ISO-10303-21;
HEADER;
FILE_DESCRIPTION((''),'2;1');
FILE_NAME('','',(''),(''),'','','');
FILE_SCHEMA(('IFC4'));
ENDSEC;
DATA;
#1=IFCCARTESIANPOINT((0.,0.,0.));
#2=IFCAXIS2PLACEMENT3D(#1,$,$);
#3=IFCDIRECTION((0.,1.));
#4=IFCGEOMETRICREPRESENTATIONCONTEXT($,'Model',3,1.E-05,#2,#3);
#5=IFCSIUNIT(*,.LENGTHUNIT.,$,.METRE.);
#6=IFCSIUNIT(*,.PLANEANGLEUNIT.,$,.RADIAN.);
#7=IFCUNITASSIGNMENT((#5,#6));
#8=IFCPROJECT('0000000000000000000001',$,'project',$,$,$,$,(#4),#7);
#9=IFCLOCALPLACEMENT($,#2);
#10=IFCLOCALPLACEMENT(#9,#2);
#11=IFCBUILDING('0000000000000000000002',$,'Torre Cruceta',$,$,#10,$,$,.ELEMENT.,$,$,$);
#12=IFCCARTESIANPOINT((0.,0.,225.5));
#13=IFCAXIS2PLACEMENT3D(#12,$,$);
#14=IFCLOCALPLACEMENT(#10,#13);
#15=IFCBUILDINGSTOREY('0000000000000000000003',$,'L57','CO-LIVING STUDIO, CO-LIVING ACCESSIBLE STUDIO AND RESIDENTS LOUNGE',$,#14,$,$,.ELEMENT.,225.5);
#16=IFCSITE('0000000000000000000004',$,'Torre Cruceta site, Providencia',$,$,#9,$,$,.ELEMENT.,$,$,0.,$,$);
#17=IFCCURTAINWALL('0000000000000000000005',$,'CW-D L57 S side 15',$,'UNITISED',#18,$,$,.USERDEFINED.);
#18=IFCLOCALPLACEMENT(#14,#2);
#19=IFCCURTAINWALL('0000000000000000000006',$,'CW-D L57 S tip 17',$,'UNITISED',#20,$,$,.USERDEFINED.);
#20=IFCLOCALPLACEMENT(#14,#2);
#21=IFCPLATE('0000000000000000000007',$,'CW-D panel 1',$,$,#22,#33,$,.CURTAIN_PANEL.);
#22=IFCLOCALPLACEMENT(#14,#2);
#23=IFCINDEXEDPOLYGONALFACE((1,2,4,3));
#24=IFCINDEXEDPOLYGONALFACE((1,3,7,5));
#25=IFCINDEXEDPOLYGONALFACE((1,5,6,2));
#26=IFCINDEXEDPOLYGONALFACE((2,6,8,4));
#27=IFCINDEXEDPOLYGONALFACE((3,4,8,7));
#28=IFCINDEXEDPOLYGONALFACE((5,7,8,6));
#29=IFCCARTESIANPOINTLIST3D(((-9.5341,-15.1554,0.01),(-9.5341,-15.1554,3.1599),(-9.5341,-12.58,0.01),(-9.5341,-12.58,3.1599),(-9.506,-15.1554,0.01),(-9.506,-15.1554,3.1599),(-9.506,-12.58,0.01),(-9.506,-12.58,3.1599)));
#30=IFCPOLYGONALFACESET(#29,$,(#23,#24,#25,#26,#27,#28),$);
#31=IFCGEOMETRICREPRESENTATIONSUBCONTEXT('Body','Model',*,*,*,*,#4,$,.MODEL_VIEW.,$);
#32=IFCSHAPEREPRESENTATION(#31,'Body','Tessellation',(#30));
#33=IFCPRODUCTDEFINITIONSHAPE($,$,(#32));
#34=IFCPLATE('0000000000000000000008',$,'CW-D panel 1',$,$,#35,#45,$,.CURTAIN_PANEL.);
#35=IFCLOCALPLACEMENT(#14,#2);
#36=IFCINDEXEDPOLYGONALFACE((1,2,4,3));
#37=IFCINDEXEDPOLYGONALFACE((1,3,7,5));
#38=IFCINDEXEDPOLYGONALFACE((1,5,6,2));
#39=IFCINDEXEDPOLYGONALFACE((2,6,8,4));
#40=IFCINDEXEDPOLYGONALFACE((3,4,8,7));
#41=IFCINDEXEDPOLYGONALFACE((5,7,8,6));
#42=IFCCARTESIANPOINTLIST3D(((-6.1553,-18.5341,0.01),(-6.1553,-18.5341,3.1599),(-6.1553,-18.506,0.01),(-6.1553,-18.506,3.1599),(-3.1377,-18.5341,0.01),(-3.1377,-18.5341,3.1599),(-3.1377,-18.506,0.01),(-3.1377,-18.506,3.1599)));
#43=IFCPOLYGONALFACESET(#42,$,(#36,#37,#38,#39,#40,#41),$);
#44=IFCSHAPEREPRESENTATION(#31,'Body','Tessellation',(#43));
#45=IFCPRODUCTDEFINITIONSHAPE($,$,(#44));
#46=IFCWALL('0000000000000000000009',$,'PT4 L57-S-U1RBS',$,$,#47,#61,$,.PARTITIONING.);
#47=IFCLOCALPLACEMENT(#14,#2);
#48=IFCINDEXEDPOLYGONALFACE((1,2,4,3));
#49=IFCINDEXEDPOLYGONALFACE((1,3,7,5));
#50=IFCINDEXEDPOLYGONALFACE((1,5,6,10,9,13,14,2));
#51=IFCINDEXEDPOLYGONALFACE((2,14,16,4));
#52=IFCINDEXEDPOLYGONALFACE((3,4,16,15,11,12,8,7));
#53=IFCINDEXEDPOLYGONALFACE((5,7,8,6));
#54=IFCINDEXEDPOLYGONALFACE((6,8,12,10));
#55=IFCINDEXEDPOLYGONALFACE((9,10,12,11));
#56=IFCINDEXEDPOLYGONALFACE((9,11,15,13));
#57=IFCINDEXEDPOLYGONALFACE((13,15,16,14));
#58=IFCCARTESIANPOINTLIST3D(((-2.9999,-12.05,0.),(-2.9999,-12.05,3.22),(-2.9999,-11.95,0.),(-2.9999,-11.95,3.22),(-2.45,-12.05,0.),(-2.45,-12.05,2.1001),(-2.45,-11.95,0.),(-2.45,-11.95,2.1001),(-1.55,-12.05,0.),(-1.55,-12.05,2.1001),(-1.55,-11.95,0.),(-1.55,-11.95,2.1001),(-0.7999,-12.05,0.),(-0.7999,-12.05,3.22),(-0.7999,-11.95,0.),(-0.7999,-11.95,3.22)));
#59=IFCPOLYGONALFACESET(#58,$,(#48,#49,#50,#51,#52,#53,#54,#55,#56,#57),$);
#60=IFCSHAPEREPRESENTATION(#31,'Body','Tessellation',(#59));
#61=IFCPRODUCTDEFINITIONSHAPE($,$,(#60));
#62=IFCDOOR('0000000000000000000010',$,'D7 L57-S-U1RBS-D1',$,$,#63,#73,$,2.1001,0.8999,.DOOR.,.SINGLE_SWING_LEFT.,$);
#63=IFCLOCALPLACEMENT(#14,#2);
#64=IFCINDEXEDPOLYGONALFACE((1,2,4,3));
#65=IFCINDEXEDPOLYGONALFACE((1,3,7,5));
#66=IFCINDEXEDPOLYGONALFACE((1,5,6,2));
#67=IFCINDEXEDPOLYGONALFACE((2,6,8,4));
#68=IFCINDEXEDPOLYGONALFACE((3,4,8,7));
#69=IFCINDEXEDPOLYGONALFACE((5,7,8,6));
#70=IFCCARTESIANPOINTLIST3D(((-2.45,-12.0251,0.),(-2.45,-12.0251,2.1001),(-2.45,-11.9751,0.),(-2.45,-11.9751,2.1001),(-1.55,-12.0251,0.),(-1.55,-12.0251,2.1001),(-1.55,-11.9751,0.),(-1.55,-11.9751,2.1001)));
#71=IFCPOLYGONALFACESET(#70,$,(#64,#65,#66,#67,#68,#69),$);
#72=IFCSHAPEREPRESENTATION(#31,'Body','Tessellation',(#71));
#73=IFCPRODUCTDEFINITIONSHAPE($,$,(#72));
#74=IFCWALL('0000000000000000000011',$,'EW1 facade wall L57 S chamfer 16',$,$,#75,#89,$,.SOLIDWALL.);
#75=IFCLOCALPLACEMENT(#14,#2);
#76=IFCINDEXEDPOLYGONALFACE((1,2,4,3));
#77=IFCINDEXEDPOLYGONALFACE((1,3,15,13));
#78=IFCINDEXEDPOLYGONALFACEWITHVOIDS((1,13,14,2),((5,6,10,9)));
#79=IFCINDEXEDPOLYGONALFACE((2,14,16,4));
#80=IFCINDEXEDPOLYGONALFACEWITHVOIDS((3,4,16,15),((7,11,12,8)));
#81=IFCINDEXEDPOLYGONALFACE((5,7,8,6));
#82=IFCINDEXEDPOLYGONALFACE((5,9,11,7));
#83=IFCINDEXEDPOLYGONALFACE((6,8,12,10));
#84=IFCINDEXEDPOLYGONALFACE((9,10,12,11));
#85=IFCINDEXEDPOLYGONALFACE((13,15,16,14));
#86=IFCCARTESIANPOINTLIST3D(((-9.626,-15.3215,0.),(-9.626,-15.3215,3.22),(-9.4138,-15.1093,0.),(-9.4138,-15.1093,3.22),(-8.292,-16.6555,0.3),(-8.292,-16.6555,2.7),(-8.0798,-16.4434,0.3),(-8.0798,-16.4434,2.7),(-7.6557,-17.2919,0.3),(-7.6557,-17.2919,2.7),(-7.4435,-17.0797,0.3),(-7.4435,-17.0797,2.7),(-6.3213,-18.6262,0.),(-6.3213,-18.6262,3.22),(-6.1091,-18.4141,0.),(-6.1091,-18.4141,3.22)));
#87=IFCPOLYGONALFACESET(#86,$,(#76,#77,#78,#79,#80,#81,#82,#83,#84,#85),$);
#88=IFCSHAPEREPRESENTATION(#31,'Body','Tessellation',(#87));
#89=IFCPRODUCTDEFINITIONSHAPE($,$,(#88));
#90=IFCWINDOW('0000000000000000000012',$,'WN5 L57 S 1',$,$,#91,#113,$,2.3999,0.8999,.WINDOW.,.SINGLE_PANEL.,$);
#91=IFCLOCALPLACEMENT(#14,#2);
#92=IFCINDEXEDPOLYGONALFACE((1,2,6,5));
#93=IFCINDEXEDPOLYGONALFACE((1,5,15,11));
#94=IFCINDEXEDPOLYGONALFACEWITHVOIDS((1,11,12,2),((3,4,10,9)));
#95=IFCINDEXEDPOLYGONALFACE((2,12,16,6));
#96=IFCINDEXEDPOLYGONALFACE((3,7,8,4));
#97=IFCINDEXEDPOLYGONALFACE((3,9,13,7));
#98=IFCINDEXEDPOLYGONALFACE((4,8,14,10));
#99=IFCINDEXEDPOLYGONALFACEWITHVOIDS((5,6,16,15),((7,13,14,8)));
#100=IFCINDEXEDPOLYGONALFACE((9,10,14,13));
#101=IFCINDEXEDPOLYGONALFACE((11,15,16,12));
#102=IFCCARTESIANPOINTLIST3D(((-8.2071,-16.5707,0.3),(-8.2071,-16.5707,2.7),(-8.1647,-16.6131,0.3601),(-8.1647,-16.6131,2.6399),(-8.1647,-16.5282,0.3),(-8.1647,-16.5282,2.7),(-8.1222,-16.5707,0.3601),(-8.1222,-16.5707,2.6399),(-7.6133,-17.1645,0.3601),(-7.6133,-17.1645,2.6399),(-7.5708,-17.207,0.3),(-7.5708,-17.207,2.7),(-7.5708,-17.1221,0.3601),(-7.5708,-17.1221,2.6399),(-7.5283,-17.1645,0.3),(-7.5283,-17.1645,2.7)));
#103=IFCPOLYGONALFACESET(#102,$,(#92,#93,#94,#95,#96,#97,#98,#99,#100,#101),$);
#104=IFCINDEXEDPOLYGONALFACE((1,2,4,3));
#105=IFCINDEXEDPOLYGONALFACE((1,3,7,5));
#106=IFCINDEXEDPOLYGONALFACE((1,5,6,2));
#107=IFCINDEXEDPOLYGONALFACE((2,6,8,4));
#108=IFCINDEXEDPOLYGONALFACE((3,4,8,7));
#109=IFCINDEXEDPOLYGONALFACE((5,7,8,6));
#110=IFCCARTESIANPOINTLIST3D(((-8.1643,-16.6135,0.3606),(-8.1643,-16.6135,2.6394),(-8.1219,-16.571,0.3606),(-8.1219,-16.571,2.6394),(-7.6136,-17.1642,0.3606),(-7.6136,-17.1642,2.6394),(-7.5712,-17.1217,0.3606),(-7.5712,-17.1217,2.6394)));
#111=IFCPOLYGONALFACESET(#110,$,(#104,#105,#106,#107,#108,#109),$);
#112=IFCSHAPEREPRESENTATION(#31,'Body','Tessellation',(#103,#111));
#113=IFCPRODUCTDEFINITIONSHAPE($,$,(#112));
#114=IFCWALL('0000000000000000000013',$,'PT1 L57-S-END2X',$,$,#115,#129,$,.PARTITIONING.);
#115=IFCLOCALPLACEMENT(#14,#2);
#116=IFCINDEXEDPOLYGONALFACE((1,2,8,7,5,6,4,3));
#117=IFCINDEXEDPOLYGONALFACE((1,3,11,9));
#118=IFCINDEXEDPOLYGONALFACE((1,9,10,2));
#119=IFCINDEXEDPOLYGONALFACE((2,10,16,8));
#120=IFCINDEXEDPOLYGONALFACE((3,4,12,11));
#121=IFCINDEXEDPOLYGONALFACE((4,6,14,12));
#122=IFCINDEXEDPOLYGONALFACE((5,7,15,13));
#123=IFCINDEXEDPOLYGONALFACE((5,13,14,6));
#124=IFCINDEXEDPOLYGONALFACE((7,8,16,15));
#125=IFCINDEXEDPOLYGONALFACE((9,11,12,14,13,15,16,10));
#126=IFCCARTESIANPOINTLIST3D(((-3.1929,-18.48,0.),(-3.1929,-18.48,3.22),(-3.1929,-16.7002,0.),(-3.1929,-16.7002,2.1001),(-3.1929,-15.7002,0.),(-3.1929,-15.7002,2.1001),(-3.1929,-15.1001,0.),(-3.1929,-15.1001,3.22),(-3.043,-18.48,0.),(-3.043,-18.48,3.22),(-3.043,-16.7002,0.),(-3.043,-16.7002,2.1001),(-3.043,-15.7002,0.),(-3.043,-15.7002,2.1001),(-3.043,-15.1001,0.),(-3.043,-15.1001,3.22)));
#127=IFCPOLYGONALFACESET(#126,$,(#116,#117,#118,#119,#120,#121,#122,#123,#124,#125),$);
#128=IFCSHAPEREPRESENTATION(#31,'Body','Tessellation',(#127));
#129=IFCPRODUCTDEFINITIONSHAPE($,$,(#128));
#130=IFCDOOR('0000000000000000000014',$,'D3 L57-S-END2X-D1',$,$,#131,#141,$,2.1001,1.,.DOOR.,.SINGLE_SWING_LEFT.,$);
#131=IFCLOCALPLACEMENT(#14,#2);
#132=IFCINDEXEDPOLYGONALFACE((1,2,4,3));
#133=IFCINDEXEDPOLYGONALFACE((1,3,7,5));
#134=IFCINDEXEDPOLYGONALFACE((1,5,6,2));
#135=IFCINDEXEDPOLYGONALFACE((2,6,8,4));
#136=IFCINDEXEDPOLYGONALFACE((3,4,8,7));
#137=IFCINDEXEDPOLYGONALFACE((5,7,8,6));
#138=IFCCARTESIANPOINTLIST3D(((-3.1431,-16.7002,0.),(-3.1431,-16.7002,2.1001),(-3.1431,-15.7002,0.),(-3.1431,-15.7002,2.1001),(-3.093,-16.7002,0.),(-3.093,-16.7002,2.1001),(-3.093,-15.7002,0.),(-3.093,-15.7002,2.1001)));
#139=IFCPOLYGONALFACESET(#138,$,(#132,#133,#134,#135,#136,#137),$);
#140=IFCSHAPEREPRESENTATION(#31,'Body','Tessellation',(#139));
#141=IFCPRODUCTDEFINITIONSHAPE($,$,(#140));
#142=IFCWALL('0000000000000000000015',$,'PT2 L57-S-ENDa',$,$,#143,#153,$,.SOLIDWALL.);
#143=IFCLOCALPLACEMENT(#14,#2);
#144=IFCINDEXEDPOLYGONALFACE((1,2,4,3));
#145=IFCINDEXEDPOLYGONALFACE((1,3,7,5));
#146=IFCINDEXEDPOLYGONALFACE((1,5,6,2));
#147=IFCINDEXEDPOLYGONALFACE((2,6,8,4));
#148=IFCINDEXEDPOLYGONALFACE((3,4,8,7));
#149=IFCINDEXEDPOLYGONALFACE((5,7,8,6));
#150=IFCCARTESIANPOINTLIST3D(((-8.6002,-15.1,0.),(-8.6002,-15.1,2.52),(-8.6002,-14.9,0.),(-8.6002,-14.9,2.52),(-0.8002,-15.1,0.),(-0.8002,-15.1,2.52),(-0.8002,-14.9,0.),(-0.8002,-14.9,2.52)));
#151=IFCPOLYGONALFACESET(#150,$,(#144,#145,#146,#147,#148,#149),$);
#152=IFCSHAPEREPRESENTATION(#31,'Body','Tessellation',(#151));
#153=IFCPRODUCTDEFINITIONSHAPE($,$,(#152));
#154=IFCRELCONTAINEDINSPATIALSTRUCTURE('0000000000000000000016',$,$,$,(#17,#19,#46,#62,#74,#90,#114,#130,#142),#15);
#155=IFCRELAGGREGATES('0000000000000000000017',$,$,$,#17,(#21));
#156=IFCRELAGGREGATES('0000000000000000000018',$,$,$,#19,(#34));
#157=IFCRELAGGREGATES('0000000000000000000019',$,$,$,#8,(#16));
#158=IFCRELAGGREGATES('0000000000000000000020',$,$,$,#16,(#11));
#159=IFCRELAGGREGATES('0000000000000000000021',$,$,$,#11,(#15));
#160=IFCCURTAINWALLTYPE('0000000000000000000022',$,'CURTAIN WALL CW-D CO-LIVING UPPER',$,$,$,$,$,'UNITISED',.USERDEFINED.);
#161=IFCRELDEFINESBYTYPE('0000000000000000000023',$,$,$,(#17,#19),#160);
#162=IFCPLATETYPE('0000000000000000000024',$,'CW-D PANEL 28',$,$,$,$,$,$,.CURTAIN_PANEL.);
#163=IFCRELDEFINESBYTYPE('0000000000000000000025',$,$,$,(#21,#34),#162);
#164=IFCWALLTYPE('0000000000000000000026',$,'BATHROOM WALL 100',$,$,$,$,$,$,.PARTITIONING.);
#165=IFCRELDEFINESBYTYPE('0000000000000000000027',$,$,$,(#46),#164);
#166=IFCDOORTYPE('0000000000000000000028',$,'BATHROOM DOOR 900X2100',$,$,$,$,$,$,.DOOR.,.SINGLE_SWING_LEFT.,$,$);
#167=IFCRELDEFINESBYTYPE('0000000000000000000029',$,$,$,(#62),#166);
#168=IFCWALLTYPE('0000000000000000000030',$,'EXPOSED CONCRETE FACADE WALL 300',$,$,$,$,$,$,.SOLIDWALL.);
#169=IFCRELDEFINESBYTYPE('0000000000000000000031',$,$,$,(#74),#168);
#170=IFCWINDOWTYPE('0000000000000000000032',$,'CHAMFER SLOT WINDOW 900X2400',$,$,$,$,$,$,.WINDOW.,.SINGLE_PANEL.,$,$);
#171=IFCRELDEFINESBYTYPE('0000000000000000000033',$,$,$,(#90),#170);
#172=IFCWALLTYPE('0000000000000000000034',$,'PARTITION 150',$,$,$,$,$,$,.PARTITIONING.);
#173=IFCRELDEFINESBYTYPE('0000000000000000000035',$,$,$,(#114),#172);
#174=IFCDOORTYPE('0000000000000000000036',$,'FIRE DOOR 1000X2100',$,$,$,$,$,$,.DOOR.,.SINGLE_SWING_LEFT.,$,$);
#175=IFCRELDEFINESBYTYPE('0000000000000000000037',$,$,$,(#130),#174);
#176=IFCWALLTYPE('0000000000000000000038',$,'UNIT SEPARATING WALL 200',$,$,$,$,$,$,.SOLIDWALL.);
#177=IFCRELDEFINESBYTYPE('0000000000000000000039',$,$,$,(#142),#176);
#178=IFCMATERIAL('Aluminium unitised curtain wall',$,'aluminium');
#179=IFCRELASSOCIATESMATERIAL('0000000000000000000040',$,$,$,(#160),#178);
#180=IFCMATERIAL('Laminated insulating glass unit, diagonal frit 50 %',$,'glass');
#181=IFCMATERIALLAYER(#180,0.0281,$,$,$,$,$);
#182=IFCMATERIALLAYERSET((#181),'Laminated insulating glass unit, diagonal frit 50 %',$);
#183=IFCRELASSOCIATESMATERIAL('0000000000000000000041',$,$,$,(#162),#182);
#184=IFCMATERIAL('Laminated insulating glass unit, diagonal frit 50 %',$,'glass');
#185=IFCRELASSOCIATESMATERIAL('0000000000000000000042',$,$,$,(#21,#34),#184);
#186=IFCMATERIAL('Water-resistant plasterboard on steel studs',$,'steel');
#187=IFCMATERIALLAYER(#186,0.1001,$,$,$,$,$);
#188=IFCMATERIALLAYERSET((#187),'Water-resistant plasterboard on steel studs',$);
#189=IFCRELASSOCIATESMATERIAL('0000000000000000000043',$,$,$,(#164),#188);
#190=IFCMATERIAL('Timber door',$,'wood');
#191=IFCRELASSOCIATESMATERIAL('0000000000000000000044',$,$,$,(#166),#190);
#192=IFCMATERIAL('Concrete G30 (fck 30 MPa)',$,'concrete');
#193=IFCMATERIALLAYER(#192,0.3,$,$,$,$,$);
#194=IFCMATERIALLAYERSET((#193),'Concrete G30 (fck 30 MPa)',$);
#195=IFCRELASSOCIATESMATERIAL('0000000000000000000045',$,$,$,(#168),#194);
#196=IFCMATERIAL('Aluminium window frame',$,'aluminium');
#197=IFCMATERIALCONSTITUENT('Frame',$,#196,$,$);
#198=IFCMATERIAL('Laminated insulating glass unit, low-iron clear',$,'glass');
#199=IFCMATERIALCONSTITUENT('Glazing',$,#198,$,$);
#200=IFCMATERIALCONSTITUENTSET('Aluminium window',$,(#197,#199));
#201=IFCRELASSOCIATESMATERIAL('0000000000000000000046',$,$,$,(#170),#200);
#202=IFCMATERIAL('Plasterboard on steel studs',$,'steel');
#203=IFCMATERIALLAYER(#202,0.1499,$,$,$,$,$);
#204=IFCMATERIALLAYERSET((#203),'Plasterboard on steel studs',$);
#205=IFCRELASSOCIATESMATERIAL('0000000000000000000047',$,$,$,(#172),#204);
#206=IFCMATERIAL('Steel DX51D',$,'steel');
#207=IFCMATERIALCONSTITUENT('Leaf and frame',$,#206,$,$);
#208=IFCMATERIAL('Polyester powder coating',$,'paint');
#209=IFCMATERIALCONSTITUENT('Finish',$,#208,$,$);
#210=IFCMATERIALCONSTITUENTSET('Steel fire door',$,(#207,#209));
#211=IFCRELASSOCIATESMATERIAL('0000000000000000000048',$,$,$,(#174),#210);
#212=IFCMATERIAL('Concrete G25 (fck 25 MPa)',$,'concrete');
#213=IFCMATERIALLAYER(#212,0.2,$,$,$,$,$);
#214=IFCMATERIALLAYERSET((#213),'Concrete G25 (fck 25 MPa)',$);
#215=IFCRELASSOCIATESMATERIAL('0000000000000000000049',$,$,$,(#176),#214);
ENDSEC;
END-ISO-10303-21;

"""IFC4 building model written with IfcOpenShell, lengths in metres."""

from ifc_helpers import new_model, si_unit, direction, frame, frame_2d, origin, origin_2d, place, context, subcontext, project, spatial, rectangle, hollow_rectangle, extrude, material, layer, layer_set, constituent, constituent_set, type_object, element, fill, aggregate, save


model = new_model("IFC4")

# Units and contexts
model_context = context("Model", 3, precision=1e-05, world=origin(), true_north=direction((0.0, 1.0)))
body_context = subcontext(model_context, "Body", "Model", "MODEL_VIEW")
ifc_project = project(units=[si_unit("LENGTHUNIT", "METRE"), si_unit("PLANEANGLEUNIT", "RADIAN")], contexts=[model_context])

# Site, building, storey
site_placement = place(None, origin())
site = spatial("IfcSite", under=ifc_project, at=site_placement, Name="Torre Cruceta site, Providencia", CompositionType="ELEMENT", RefElevation=0.0)
building_placement = place(site_placement, origin())
building = spatial("IfcBuilding", under=site, at=building_placement, Name="Torre Cruceta", CompositionType="ELEMENT")
storey_placement = place(building_placement, frame((0.0, 0.0, 225.5)))
storey = spatial("IfcBuildingStorey", under=building, at=storey_placement, Name="L57", Description="CO-LIVING STUDIO, CO-LIVING ACCESSIBLE STUDIO AND RESIDENTS LOUNGE", CompositionType="ELEMENT", Elevation=225.5)

# Curtain walls
ifc_material_1 = material(Name="Aluminium unitised curtain wall", Category="aluminium")
curtain_wall_type = type_object("IfcCurtainWallType", Name="CURTAIN WALL CW-D CO-LIVING UPPER", ElementType="UNITISED", PredefinedType="USERDEFINED", material=ifc_material_1)
curtain_wall_1_placement = place(storey_placement, origin())
curtain_wall_1 = element("IfcCurtainWall", 1, at=curtain_wall_1_placement, inside=storey, type_object=curtain_wall_type, Name="CW-D L57 S side 15", ObjectType="UNITISED", PredefinedType="USERDEFINED")
curtain_wall_2_placement = place(storey_placement, origin())
curtain_wall_2 = element("IfcCurtainWall", 2, at=curtain_wall_2_placement, inside=storey, type_object=curtain_wall_type, Name="CW-D L57 S tip 17", ObjectType="UNITISED", PredefinedType="USERDEFINED")

# Plates
ifc_material_2 = material(Name="Laminated insulating glass unit, diagonal frit 50 %", Category="glass")
ifc_material_3 = material(Name="Laminated insulating glass unit, diagonal frit 50 %", Category="glass")
ifc_layer_1 = layer(ifc_material_3, 0.0281)
ifc_layer_set_1 = layer_set([ifc_layer_1], Name="Laminated insulating glass unit, diagonal frit 50 %")
plate_type = type_object("IfcPlateType", Name="CW-D PANEL 28", PredefinedType="CURTAIN_PANEL", material=ifc_layer_set_1)
plate_1_placement = place(storey_placement, frame((-9.52, -13.8677, 0.01), z_axis=(0.0, 0.0, 1.0), x_axis=(0.0, -1.0, 0.0)))
plate_1 = element("IfcPlate", 3, at=plate_1_placement, type_object=plate_type, material=ifc_material_2, Name="CW-D panel 1", PredefinedType="CURTAIN_PANEL", context=body_context, shape_type="SweptSolid", body=[
    extrude(rectangle(XDim=2.5754, YDim=0.0281, at=origin_2d()), origin(), (0.0, 0.0, 1.0), 3.1499),
])
aggregate(curtain_wall_1, [plate_1])
plate_2_placement = place(storey_placement, frame((-4.6465, -18.52, 0.01), z_axis=(0.0, 0.0, 1.0), x_axis=(1.0, 0.0, 0.0)))
plate_2 = element("IfcPlate", 4, at=plate_2_placement, type_object=plate_type, material=ifc_material_2, Name="CW-D panel 1", PredefinedType="CURTAIN_PANEL", context=body_context, shape_type="SweptSolid", body=[
    extrude(rectangle(XDim=3.0176, YDim=0.0281, at=origin_2d()), origin(), (0.0, 0.0, 1.0), 3.1499),
])
aggregate(curtain_wall_2, [plate_2])

# Wall, opening, door
ifc_material_4 = material(Name="Water-resistant plasterboard on steel studs", Category="steel")
ifc_layer_2 = layer(ifc_material_4, 0.1001)
ifc_layer_set_2 = layer_set([ifc_layer_2], Name="Water-resistant plasterboard on steel studs")
wall_type_1 = type_object("IfcWallType", Name="BATHROOM WALL 100", PredefinedType="PARTITIONING", material=ifc_layer_set_2)
wall_1_placement = place(storey_placement, frame((-3.0, -12.0, 0.0), z_axis=(0.0, 0.0, 1.0), x_axis=(1.0, 0.0, 0.0)))
wall_1 = element("IfcWall", 5, at=wall_1_placement, inside=storey, type_object=wall_type_1, Name="PT4 L57-S-U1RBS", PredefinedType="PARTITIONING", context=body_context, shape_type="SweptSolid", body=[
    extrude(rectangle(XDim=2.2, YDim=0.1001, at=frame_2d((1.1001, 0.0))), origin(), (0.0, 0.0, 1.0), 3.22),
])
opening_1_placement = place(wall_1_placement, frame((0.55, 0.0, 0.0)))
opening_1 = element("IfcOpeningElement", 6, at=opening_1_placement, cuts=wall_1, PredefinedType="OPENING", context=body_context, shape_type="SweptSolid", body=[
    extrude(rectangle(XDim=0.8999, YDim=2.1001, at=frame_2d((0.45, 1.05))), frame((0.0, 0.0601, 0.0), z_axis=(0.0, -1.0, 0.0), x_axis=(1.0, 0.0, 0.0)), (0.0, 0.0, 1.0), 0.1201),
])
ifc_material_5 = material(Name="Timber door", Category="wood")
door_type_1 = type_object("IfcDoorType", Name="BATHROOM DOOR 900X2100", OperationType="SINGLE_SWING_LEFT", PredefinedType="DOOR", material=ifc_material_5)
door_1_placement = place(opening_1_placement, origin())
door_1 = element("IfcDoor", 7, at=door_1_placement, inside=storey, type_object=door_type_1, Name="D7 L57-S-U1RBS-D1", OperationType="SINGLE_SWING_LEFT", OverallHeight=2.1001, OverallWidth=0.8999, PredefinedType="DOOR", context=body_context, shape_type="SweptSolid", body=[
    extrude(rectangle(XDim=0.8999, YDim=2.1001, at=frame_2d((0.45, 1.05))), frame((0.0, 0.0249, 0.0), z_axis=(0.0, -1.0, 0.0), x_axis=(1.0, 0.0, 0.0)), (0.0, 0.0, 1.0), 0.05),
])
fill(opening_1, door_1)

# Wall, opening, window
ifc_material_6 = material(Name="Concrete G30 (fck 30 MPa)", Category="concrete")
ifc_layer_3 = layer(ifc_material_6, 0.3)
ifc_layer_set_3 = layer_set([ifc_layer_3], Name="Concrete G30 (fck 30 MPa)")
wall_type_2 = type_object("IfcWallType", Name="EXPOSED CONCRETE FACADE WALL 300", PredefinedType="SOLIDWALL", material=ifc_layer_set_3)
wall_2_placement = place(storey_placement, frame((-9.52, -15.2153, 0.0), z_axis=(0.0, 0.0, 1.0), x_axis=(0.707107, -0.707107, 0.0)))
wall_2 = element("IfcWall", 8, at=wall_2_placement, inside=storey, type_object=wall_type_2, Name="EW1 facade wall L57 S chamfer 16", PredefinedType="SOLIDWALL", context=body_context, shape_type="SweptSolid", body=[
    extrude(rectangle(XDim=4.6736, YDim=0.3, at=frame_2d((2.3369, 0.0))), origin(), (0.0, 0.0, 1.0), 3.22),
])
opening_2_placement = place(wall_2_placement, frame((1.8867, 0.0, 0.3)))
opening_2 = element("IfcOpeningElement", 9, at=opening_2_placement, cuts=wall_2, PredefinedType="OPENING", context=body_context, shape_type="SweptSolid", body=[
    extrude(rectangle(XDim=0.8999, YDim=2.3999, at=frame_2d((0.45, 1.2))), frame((0.0, 0.1599, 0.0), z_axis=(0.0, -1.0, 0.0), x_axis=(1.0, 0.0, 0.0)), (0.0, 0.0, 1.0), 0.3201),
])
ifc_material_7 = material(Name="Aluminium window frame", Category="aluminium")
ifc_constituent_1 = constituent(ifc_material_7, Name="Frame")
ifc_material_8 = material(Name="Laminated insulating glass unit, low-iron clear", Category="glass")
ifc_constituent_2 = constituent(ifc_material_8, Name="Glazing")
ifc_constituent_set_1 = constituent_set(constituents=[ifc_constituent_1, ifc_constituent_2], Name="Aluminium window")
window_type = type_object("IfcWindowType", Name="CHAMFER SLOT WINDOW 900X2400", PartitioningType="SINGLE_PANEL", PredefinedType="WINDOW", material=ifc_constituent_set_1)
window_placement = place(opening_2_placement, origin())
window = element("IfcWindow", 10, at=window_placement, inside=storey, type_object=window_type, Name="WN5 L57 S 1", OverallHeight=2.3999, OverallWidth=0.8999, PartitioningType="SINGLE_PANEL", PredefinedType="WINDOW", context=body_context, shape_type="SweptSolid", body=[
    extrude(hollow_rectangle(XDim=0.8999, YDim=2.3999, WallThickness=0.0601, at=frame_2d((0.45, 1.2))), frame((0.0, 0.03, 0.0), z_axis=(0.0, -1.0, 0.0), x_axis=(1.0, 0.0, 0.0)), (0.0, 0.0, 1.0), 0.0601),
    extrude(rectangle(XDim=0.7788, YDim=2.2788, at=frame_2d((0.45, 1.2))), frame((0.0, 0.03, 0.0), z_axis=(0.0, -1.0, 0.0), x_axis=(1.0, 0.0, 0.0)), (0.0, 0.0, 1.0), 0.0601),
])
fill(opening_2, window)

# Wall, opening, door
ifc_material_9 = material(Name="Plasterboard on steel studs", Category="steel")
ifc_layer_4 = layer(ifc_material_9, 0.1499)
ifc_layer_set_4 = layer_set([ifc_layer_4], Name="Plasterboard on steel studs")
wall_type_3 = type_object("IfcWallType", Name="PARTITION 150", PredefinedType="PARTITIONING", material=ifc_layer_set_4)
wall_3_placement = place(storey_placement, frame((-3.1179, -15.1001, 0.0), z_axis=(0.0, 0.0, 1.0), x_axis=(0.0, -1.0, 0.0)))
wall_3 = element("IfcWall", 11, at=wall_3_placement, inside=storey, type_object=wall_type_3, Name="PT1 L57-S-END2X", PredefinedType="PARTITIONING", context=body_context, shape_type="SweptSolid", body=[
    extrude(rectangle(XDim=3.3799, YDim=0.1499, at=frame_2d((1.6899, 0.0))), origin(), (0.0, 0.0, 1.0), 3.22),
])
opening_3_placement = place(wall_3_placement, frame((0.6001, 0.0, 0.0)))
opening_3 = element("IfcOpeningElement", 12, at=opening_3_placement, cuts=wall_3, PredefinedType="OPENING", context=body_context, shape_type="SweptSolid", body=[
    extrude(rectangle(XDim=1.0, YDim=2.1001, at=frame_2d((0.5, 1.05))), frame((0.0, 0.085, 0.0), z_axis=(0.0, -1.0, 0.0), x_axis=(1.0, 0.0, 0.0)), (0.0, 0.0, 1.0), 0.1699),
])
ifc_material_10 = material(Name="Steel DX51D", Category="steel")
ifc_constituent_3 = constituent(ifc_material_10, Name="Leaf and frame")
ifc_material_11 = material(Name="Polyester powder coating", Category="paint")
ifc_constituent_4 = constituent(ifc_material_11, Name="Finish")
ifc_constituent_set_2 = constituent_set(constituents=[ifc_constituent_3, ifc_constituent_4], Name="Steel fire door")
door_type_2 = type_object("IfcDoorType", Name="FIRE DOOR 1000X2100", OperationType="SINGLE_SWING_LEFT", PredefinedType="DOOR", material=ifc_constituent_set_2)
door_2_placement = place(opening_3_placement, origin())
door_2 = element("IfcDoor", 13, at=door_2_placement, inside=storey, type_object=door_type_2, Name="D3 L57-S-END2X-D1", OperationType="SINGLE_SWING_LEFT", OverallHeight=2.1001, OverallWidth=1.0, PredefinedType="DOOR", context=body_context, shape_type="SweptSolid", body=[
    extrude(rectangle(XDim=1.0, YDim=2.1001, at=frame_2d((0.5, 1.05))), frame((0.0, 0.0249, 0.0), z_axis=(0.0, -1.0, 0.0), x_axis=(1.0, 0.0, 0.0)), (0.0, 0.0, 1.0), 0.05),
])
fill(opening_3, door_2)

# Wall
ifc_material_12 = material(Name="Concrete G25 (fck 25 MPa)", Category="concrete")
ifc_layer_5 = layer(ifc_material_12, 0.2)
ifc_layer_set_5 = layer_set([ifc_layer_5], Name="Concrete G25 (fck 25 MPa)")
wall_type_4 = type_object("IfcWallType", Name="UNIT SEPARATING WALL 200", PredefinedType="SOLIDWALL", material=ifc_layer_set_5)
wall_4_placement = place(storey_placement, frame((-8.6001, -15.0, 0.0), z_axis=(0.0, 0.0, 1.0), x_axis=(1.0, 0.0, 0.0)))
element("IfcWall", 14, at=wall_4_placement, inside=storey, type_object=wall_type_4, Name="PT2 L57-S-ENDa", PredefinedType="SOLIDWALL", context=body_context, shape_type="SweptSolid", body=[
    extrude(rectangle(XDim=7.8, YDim=0.2, at=frame_2d((3.8999, 0.0))), origin(), (0.0, 0.0, 1.0), 2.52),
])

save(model, "model.ifc")
